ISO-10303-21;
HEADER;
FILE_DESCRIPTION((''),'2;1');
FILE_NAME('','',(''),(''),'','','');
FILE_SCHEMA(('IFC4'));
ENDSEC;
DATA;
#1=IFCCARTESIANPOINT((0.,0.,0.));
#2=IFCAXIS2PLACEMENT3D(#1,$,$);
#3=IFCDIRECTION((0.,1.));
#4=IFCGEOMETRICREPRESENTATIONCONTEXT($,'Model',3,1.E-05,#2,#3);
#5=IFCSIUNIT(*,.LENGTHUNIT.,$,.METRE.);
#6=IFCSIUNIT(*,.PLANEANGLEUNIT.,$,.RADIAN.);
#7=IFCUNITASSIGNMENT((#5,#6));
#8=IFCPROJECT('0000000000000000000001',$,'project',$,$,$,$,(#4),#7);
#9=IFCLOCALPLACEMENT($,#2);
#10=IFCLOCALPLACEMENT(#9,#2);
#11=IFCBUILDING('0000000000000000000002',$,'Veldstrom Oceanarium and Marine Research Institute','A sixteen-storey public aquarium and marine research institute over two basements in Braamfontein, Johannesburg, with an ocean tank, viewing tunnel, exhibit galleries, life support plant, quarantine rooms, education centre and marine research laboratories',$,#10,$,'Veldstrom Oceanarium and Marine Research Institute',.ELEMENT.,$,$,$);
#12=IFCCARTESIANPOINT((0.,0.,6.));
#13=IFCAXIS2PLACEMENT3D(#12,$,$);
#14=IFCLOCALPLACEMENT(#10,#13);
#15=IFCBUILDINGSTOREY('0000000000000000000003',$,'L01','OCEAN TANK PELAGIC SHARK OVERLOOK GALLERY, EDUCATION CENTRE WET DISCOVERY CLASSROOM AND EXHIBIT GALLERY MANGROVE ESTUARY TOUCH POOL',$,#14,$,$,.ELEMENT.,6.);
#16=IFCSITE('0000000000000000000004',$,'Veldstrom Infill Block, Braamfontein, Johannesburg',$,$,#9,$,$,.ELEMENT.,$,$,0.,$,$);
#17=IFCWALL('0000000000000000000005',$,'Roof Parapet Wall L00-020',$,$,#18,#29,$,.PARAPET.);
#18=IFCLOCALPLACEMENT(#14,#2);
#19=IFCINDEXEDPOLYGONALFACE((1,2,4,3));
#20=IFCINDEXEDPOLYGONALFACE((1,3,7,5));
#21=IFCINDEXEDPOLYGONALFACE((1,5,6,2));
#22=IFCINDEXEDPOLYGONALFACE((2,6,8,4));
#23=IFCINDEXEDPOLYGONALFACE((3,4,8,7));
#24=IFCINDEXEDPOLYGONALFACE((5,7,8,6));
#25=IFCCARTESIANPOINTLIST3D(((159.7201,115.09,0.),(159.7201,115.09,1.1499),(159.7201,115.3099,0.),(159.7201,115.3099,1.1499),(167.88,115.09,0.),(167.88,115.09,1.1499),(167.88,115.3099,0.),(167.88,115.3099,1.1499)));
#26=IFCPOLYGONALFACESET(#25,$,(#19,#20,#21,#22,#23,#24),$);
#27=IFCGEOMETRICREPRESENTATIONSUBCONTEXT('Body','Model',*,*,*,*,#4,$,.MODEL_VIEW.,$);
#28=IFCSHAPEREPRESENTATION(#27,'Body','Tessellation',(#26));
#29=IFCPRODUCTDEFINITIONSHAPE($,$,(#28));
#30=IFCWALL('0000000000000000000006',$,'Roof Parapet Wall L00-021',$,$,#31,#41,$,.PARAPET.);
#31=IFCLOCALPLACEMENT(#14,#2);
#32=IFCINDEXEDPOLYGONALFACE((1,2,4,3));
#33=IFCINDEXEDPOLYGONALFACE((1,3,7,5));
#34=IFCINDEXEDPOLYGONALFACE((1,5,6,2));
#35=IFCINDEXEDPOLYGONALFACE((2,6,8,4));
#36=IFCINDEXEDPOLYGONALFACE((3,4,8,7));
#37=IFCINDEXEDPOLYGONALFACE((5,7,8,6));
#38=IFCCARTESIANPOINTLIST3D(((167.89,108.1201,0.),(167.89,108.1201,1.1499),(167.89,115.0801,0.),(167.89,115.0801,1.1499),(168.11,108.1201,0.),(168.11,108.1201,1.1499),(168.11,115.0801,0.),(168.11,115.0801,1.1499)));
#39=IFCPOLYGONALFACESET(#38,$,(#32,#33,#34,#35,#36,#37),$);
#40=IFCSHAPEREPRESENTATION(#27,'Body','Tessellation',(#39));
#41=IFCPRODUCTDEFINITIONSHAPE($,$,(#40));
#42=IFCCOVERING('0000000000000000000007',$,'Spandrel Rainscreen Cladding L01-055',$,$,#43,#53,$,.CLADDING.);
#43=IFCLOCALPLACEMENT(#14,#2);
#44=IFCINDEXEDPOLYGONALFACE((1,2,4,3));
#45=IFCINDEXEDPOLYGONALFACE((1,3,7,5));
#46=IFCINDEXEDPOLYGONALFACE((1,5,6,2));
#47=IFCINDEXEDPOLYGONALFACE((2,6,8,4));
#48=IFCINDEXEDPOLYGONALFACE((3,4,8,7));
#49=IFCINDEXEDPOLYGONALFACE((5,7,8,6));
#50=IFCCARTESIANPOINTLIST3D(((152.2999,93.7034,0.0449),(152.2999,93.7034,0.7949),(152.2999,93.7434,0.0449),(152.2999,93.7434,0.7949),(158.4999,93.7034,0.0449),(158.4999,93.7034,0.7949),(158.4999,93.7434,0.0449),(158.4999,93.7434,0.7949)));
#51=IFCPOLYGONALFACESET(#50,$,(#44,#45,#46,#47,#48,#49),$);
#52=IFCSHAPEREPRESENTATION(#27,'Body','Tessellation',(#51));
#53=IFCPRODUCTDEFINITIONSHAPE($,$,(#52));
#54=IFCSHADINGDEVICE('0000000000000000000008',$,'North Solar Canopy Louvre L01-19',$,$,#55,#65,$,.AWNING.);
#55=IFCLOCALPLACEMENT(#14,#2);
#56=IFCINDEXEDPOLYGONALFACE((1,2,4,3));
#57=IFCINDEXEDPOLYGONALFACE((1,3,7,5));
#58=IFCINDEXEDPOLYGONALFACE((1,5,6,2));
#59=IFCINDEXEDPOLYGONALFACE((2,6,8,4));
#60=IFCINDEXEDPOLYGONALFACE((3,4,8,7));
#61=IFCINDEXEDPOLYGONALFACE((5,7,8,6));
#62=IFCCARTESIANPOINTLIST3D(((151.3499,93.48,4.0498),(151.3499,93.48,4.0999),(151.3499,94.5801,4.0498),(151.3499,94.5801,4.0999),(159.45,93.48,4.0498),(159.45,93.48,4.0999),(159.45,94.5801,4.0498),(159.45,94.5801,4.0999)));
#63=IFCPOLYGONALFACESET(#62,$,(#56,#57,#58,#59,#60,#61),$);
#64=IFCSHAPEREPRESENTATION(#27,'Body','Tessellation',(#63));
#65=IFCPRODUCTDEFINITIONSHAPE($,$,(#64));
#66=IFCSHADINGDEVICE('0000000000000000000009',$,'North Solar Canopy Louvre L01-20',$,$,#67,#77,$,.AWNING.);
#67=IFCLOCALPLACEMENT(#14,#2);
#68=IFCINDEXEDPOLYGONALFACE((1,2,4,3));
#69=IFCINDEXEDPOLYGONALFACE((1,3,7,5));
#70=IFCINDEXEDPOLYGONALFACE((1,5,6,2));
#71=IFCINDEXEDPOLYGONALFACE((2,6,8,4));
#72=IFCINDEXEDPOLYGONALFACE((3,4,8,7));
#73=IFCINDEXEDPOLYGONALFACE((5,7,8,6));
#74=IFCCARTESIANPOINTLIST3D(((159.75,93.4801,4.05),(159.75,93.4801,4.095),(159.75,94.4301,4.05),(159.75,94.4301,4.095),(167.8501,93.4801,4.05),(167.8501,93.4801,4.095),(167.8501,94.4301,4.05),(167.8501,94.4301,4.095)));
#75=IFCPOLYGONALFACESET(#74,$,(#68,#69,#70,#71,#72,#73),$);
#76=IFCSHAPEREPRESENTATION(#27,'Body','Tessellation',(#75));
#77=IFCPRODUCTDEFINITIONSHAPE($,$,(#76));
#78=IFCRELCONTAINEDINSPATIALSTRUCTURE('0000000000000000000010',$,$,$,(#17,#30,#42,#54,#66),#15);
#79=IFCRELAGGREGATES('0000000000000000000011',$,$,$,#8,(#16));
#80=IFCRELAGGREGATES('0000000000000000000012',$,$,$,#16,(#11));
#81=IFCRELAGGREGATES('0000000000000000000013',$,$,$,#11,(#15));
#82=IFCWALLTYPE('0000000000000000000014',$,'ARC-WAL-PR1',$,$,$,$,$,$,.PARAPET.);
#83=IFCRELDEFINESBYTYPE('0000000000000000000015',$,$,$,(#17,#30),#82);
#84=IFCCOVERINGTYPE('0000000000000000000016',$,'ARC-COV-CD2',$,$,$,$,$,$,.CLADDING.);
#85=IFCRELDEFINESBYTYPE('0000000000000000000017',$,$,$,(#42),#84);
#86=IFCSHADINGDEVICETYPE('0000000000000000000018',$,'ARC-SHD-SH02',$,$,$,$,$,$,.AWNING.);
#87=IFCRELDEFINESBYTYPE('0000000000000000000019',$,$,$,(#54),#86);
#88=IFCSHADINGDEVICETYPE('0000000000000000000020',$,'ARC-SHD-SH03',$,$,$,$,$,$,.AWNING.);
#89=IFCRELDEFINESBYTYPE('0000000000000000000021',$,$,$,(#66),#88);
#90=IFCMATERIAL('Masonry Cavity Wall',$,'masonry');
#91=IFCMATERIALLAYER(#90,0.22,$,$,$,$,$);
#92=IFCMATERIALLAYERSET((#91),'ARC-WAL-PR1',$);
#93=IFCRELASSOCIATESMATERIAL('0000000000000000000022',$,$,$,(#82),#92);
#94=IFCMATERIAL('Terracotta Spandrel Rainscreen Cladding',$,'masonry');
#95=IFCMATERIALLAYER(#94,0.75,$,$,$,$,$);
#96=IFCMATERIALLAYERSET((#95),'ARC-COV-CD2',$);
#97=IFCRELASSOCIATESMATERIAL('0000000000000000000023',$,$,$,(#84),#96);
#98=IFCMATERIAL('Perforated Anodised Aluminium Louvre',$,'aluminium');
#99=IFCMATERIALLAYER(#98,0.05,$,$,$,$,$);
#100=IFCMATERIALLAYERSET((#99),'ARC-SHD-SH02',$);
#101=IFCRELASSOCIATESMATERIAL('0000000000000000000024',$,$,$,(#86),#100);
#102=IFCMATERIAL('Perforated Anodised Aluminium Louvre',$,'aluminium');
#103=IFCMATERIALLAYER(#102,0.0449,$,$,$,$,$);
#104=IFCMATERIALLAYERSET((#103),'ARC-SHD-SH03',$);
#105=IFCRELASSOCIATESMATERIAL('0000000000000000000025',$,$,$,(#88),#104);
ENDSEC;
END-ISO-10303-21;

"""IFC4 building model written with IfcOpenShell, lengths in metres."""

from ifc_helpers import new_model, si_unit, direction, frame, frame_2d, origin, origin_2d, place, context, subcontext, project, spatial, rectangle, extrude, material, layer, layer_set, type_object, element, save


model = new_model("IFC4")

# Units and contexts
model_context = context("Model", 3, precision=1e-05, world=origin(), true_north=direction((0.0, 1.0)))
body_context = subcontext(model_context, "Body", "Model", "MODEL_VIEW")
ifc_project = project(units=[si_unit("LENGTHUNIT", "METRE"), si_unit("PLANEANGLEUNIT", "RADIAN")], contexts=[model_context])

# Site, building, storey
site_placement = place(None, origin())
site = spatial("IfcSite", under=ifc_project, at=site_placement, Name="Veldstrom Infill Block, Braamfontein, Johannesburg", CompositionType="ELEMENT", RefElevation=0.0)
building_placement = place(site_placement, origin())
building = spatial("IfcBuilding", under=site, at=building_placement, Name="Veldstrom Oceanarium and Marine Research Institute", Description="A sixteen-storey public aquarium and marine research institute over two basements in Braamfontein, Johannesburg, with an ocean tank, viewing tunnel, exhibit galleries, life support plant, quarantine rooms, education centre and marine research laboratories", LongName="Veldstrom Oceanarium and Marine Research Institute", CompositionType="ELEMENT")
storey_placement = place(building_placement, frame((0.0, 0.0, 6.0)))
storey = spatial("IfcBuildingStorey", under=building, at=storey_placement, Name="L01", Description="OCEAN TANK PELAGIC SHARK OVERLOOK GALLERY, EDUCATION CENTRE WET DISCOVERY CLASSROOM AND EXHIBIT GALLERY MANGROVE ESTUARY TOUCH POOL", CompositionType="ELEMENT", Elevation=6.0)

# Walls
ifc_material_1 = material(Name="Masonry Cavity Wall", Category="masonry")
ifc_layer_1 = layer(ifc_material_1, 0.22)
ifc_layer_set_1 = layer_set([ifc_layer_1], Name="ARC-WAL-PR1")
wall_type = type_object("IfcWallType", Name="ARC-WAL-PR1", PredefinedType="PARAPET", material=ifc_layer_set_1)
wall_1_placement = place(storey_placement, frame((159.72, 115.2, 0.0), z_axis=(0.0, 0.0, 1.0), x_axis=(1.0, 0.0, 0.0)))
element("IfcWall", 1, at=wall_1_placement, inside=storey, type_object=wall_type, Name="Roof Parapet Wall L00-020", PredefinedType="PARAPET", context=body_context, shape_type="SweptSolid", body=[
    extrude(rectangle(XDim=8.1599, YDim=0.22, at=frame_2d((4.0801, 0.0))), origin(), (0.0, 0.0, 1.0), 1.1499),
])
wall_2_placement = place(storey_placement, frame((168.0, 108.1201, 0.0), z_axis=(0.0, 0.0, 1.0), x_axis=(0.0, 1.0, 0.0)))
element("IfcWall", 2, at=wall_2_placement, inside=storey, type_object=wall_type, Name="Roof Parapet Wall L00-021", PredefinedType="PARAPET", context=body_context, shape_type="SweptSolid", body=[
    extrude(rectangle(XDim=6.96, YDim=0.22, at=frame_2d((3.48, 0.0))), origin(), (0.0, 0.0, 1.0), 1.1499),
])

# Covering
ifc_material_2 = material(Name="Terracotta Spandrel Rainscreen Cladding", Category="masonry")
ifc_layer_2 = layer(ifc_material_2, 0.75)
ifc_layer_set_2 = layer_set([ifc_layer_2], Name="ARC-COV-CD2")
covering_type = type_object("IfcCoveringType", Name="ARC-COV-CD2", PredefinedType="CLADDING", material=ifc_layer_set_2)
covering_placement = place(storey_placement, frame((155.3999, 93.7234, 0.0449), z_axis=(0.0, 0.0, 1.0), x_axis=(1.0, 0.0, 0.0)))
element("IfcCovering", 3, at=covering_placement, inside=storey, type_object=covering_type, Name="Spandrel Rainscreen Cladding L01-055", PredefinedType="CLADDING", context=body_context, shape_type="SweptSolid", body=[
    extrude(rectangle(XDim=6.2, YDim=0.04, at=origin_2d()), origin(), (0.0, 0.0, 1.0), 0.75),
])

# Shading devices
ifc_material_3 = material(Name="Perforated Anodised Aluminium Louvre", Category="aluminium")
ifc_layer_3 = layer(ifc_material_3, 0.05)
ifc_layer_set_3 = layer_set([ifc_layer_3], Name="ARC-SHD-SH02")
shading_device_type_1 = type_object("IfcShadingDeviceType", Name="ARC-SHD-SH02", PredefinedType="AWNING", material=ifc_layer_set_3)
shading_device_1_placement = place(storey_placement, frame((155.3999, 94.03, 4.0498), z_axis=(0.0, 0.0, 1.0), x_axis=(1.0, 0.0, 0.0)))
element("IfcShadingDevice", 4, at=shading_device_1_placement, inside=storey, type_object=shading_device_type_1, Name="North Solar Canopy Louvre L01-19", PredefinedType="AWNING", context=body_context, shape_type="SweptSolid", body=[
    extrude(rectangle(XDim=8.1001, YDim=1.1001, at=origin_2d()), origin(), (0.0, 0.0, 1.0), 0.05),
])
ifc_material_4 = material(Name="Perforated Anodised Aluminium Louvre", Category="aluminium")
ifc_layer_4 = layer(ifc_material_4, 0.0449)
ifc_layer_set_4 = layer_set([ifc_layer_4], Name="ARC-SHD-SH03")
shading_device_type_2 = type_object("IfcShadingDeviceType", Name="ARC-SHD-SH03", PredefinedType="AWNING", material=ifc_layer_set_4)
shading_device_2_placement = place(storey_placement, frame((163.8, 93.9551, 4.05), z_axis=(0.0, 0.0, 1.0), x_axis=(1.0, 0.0, 0.0)))
element("IfcShadingDevice", 5, at=shading_device_2_placement, inside=storey, type_object=shading_device_type_2, Name="North Solar Canopy Louvre L01-20", PredefinedType="AWNING", context=body_context, shape_type="SweptSolid", body=[
    extrude(rectangle(XDim=8.1001, YDim=0.95, at=origin_2d()), origin(), (0.0, 0.0, 1.0), 0.0449),
])

save(model, "model.ifc")
